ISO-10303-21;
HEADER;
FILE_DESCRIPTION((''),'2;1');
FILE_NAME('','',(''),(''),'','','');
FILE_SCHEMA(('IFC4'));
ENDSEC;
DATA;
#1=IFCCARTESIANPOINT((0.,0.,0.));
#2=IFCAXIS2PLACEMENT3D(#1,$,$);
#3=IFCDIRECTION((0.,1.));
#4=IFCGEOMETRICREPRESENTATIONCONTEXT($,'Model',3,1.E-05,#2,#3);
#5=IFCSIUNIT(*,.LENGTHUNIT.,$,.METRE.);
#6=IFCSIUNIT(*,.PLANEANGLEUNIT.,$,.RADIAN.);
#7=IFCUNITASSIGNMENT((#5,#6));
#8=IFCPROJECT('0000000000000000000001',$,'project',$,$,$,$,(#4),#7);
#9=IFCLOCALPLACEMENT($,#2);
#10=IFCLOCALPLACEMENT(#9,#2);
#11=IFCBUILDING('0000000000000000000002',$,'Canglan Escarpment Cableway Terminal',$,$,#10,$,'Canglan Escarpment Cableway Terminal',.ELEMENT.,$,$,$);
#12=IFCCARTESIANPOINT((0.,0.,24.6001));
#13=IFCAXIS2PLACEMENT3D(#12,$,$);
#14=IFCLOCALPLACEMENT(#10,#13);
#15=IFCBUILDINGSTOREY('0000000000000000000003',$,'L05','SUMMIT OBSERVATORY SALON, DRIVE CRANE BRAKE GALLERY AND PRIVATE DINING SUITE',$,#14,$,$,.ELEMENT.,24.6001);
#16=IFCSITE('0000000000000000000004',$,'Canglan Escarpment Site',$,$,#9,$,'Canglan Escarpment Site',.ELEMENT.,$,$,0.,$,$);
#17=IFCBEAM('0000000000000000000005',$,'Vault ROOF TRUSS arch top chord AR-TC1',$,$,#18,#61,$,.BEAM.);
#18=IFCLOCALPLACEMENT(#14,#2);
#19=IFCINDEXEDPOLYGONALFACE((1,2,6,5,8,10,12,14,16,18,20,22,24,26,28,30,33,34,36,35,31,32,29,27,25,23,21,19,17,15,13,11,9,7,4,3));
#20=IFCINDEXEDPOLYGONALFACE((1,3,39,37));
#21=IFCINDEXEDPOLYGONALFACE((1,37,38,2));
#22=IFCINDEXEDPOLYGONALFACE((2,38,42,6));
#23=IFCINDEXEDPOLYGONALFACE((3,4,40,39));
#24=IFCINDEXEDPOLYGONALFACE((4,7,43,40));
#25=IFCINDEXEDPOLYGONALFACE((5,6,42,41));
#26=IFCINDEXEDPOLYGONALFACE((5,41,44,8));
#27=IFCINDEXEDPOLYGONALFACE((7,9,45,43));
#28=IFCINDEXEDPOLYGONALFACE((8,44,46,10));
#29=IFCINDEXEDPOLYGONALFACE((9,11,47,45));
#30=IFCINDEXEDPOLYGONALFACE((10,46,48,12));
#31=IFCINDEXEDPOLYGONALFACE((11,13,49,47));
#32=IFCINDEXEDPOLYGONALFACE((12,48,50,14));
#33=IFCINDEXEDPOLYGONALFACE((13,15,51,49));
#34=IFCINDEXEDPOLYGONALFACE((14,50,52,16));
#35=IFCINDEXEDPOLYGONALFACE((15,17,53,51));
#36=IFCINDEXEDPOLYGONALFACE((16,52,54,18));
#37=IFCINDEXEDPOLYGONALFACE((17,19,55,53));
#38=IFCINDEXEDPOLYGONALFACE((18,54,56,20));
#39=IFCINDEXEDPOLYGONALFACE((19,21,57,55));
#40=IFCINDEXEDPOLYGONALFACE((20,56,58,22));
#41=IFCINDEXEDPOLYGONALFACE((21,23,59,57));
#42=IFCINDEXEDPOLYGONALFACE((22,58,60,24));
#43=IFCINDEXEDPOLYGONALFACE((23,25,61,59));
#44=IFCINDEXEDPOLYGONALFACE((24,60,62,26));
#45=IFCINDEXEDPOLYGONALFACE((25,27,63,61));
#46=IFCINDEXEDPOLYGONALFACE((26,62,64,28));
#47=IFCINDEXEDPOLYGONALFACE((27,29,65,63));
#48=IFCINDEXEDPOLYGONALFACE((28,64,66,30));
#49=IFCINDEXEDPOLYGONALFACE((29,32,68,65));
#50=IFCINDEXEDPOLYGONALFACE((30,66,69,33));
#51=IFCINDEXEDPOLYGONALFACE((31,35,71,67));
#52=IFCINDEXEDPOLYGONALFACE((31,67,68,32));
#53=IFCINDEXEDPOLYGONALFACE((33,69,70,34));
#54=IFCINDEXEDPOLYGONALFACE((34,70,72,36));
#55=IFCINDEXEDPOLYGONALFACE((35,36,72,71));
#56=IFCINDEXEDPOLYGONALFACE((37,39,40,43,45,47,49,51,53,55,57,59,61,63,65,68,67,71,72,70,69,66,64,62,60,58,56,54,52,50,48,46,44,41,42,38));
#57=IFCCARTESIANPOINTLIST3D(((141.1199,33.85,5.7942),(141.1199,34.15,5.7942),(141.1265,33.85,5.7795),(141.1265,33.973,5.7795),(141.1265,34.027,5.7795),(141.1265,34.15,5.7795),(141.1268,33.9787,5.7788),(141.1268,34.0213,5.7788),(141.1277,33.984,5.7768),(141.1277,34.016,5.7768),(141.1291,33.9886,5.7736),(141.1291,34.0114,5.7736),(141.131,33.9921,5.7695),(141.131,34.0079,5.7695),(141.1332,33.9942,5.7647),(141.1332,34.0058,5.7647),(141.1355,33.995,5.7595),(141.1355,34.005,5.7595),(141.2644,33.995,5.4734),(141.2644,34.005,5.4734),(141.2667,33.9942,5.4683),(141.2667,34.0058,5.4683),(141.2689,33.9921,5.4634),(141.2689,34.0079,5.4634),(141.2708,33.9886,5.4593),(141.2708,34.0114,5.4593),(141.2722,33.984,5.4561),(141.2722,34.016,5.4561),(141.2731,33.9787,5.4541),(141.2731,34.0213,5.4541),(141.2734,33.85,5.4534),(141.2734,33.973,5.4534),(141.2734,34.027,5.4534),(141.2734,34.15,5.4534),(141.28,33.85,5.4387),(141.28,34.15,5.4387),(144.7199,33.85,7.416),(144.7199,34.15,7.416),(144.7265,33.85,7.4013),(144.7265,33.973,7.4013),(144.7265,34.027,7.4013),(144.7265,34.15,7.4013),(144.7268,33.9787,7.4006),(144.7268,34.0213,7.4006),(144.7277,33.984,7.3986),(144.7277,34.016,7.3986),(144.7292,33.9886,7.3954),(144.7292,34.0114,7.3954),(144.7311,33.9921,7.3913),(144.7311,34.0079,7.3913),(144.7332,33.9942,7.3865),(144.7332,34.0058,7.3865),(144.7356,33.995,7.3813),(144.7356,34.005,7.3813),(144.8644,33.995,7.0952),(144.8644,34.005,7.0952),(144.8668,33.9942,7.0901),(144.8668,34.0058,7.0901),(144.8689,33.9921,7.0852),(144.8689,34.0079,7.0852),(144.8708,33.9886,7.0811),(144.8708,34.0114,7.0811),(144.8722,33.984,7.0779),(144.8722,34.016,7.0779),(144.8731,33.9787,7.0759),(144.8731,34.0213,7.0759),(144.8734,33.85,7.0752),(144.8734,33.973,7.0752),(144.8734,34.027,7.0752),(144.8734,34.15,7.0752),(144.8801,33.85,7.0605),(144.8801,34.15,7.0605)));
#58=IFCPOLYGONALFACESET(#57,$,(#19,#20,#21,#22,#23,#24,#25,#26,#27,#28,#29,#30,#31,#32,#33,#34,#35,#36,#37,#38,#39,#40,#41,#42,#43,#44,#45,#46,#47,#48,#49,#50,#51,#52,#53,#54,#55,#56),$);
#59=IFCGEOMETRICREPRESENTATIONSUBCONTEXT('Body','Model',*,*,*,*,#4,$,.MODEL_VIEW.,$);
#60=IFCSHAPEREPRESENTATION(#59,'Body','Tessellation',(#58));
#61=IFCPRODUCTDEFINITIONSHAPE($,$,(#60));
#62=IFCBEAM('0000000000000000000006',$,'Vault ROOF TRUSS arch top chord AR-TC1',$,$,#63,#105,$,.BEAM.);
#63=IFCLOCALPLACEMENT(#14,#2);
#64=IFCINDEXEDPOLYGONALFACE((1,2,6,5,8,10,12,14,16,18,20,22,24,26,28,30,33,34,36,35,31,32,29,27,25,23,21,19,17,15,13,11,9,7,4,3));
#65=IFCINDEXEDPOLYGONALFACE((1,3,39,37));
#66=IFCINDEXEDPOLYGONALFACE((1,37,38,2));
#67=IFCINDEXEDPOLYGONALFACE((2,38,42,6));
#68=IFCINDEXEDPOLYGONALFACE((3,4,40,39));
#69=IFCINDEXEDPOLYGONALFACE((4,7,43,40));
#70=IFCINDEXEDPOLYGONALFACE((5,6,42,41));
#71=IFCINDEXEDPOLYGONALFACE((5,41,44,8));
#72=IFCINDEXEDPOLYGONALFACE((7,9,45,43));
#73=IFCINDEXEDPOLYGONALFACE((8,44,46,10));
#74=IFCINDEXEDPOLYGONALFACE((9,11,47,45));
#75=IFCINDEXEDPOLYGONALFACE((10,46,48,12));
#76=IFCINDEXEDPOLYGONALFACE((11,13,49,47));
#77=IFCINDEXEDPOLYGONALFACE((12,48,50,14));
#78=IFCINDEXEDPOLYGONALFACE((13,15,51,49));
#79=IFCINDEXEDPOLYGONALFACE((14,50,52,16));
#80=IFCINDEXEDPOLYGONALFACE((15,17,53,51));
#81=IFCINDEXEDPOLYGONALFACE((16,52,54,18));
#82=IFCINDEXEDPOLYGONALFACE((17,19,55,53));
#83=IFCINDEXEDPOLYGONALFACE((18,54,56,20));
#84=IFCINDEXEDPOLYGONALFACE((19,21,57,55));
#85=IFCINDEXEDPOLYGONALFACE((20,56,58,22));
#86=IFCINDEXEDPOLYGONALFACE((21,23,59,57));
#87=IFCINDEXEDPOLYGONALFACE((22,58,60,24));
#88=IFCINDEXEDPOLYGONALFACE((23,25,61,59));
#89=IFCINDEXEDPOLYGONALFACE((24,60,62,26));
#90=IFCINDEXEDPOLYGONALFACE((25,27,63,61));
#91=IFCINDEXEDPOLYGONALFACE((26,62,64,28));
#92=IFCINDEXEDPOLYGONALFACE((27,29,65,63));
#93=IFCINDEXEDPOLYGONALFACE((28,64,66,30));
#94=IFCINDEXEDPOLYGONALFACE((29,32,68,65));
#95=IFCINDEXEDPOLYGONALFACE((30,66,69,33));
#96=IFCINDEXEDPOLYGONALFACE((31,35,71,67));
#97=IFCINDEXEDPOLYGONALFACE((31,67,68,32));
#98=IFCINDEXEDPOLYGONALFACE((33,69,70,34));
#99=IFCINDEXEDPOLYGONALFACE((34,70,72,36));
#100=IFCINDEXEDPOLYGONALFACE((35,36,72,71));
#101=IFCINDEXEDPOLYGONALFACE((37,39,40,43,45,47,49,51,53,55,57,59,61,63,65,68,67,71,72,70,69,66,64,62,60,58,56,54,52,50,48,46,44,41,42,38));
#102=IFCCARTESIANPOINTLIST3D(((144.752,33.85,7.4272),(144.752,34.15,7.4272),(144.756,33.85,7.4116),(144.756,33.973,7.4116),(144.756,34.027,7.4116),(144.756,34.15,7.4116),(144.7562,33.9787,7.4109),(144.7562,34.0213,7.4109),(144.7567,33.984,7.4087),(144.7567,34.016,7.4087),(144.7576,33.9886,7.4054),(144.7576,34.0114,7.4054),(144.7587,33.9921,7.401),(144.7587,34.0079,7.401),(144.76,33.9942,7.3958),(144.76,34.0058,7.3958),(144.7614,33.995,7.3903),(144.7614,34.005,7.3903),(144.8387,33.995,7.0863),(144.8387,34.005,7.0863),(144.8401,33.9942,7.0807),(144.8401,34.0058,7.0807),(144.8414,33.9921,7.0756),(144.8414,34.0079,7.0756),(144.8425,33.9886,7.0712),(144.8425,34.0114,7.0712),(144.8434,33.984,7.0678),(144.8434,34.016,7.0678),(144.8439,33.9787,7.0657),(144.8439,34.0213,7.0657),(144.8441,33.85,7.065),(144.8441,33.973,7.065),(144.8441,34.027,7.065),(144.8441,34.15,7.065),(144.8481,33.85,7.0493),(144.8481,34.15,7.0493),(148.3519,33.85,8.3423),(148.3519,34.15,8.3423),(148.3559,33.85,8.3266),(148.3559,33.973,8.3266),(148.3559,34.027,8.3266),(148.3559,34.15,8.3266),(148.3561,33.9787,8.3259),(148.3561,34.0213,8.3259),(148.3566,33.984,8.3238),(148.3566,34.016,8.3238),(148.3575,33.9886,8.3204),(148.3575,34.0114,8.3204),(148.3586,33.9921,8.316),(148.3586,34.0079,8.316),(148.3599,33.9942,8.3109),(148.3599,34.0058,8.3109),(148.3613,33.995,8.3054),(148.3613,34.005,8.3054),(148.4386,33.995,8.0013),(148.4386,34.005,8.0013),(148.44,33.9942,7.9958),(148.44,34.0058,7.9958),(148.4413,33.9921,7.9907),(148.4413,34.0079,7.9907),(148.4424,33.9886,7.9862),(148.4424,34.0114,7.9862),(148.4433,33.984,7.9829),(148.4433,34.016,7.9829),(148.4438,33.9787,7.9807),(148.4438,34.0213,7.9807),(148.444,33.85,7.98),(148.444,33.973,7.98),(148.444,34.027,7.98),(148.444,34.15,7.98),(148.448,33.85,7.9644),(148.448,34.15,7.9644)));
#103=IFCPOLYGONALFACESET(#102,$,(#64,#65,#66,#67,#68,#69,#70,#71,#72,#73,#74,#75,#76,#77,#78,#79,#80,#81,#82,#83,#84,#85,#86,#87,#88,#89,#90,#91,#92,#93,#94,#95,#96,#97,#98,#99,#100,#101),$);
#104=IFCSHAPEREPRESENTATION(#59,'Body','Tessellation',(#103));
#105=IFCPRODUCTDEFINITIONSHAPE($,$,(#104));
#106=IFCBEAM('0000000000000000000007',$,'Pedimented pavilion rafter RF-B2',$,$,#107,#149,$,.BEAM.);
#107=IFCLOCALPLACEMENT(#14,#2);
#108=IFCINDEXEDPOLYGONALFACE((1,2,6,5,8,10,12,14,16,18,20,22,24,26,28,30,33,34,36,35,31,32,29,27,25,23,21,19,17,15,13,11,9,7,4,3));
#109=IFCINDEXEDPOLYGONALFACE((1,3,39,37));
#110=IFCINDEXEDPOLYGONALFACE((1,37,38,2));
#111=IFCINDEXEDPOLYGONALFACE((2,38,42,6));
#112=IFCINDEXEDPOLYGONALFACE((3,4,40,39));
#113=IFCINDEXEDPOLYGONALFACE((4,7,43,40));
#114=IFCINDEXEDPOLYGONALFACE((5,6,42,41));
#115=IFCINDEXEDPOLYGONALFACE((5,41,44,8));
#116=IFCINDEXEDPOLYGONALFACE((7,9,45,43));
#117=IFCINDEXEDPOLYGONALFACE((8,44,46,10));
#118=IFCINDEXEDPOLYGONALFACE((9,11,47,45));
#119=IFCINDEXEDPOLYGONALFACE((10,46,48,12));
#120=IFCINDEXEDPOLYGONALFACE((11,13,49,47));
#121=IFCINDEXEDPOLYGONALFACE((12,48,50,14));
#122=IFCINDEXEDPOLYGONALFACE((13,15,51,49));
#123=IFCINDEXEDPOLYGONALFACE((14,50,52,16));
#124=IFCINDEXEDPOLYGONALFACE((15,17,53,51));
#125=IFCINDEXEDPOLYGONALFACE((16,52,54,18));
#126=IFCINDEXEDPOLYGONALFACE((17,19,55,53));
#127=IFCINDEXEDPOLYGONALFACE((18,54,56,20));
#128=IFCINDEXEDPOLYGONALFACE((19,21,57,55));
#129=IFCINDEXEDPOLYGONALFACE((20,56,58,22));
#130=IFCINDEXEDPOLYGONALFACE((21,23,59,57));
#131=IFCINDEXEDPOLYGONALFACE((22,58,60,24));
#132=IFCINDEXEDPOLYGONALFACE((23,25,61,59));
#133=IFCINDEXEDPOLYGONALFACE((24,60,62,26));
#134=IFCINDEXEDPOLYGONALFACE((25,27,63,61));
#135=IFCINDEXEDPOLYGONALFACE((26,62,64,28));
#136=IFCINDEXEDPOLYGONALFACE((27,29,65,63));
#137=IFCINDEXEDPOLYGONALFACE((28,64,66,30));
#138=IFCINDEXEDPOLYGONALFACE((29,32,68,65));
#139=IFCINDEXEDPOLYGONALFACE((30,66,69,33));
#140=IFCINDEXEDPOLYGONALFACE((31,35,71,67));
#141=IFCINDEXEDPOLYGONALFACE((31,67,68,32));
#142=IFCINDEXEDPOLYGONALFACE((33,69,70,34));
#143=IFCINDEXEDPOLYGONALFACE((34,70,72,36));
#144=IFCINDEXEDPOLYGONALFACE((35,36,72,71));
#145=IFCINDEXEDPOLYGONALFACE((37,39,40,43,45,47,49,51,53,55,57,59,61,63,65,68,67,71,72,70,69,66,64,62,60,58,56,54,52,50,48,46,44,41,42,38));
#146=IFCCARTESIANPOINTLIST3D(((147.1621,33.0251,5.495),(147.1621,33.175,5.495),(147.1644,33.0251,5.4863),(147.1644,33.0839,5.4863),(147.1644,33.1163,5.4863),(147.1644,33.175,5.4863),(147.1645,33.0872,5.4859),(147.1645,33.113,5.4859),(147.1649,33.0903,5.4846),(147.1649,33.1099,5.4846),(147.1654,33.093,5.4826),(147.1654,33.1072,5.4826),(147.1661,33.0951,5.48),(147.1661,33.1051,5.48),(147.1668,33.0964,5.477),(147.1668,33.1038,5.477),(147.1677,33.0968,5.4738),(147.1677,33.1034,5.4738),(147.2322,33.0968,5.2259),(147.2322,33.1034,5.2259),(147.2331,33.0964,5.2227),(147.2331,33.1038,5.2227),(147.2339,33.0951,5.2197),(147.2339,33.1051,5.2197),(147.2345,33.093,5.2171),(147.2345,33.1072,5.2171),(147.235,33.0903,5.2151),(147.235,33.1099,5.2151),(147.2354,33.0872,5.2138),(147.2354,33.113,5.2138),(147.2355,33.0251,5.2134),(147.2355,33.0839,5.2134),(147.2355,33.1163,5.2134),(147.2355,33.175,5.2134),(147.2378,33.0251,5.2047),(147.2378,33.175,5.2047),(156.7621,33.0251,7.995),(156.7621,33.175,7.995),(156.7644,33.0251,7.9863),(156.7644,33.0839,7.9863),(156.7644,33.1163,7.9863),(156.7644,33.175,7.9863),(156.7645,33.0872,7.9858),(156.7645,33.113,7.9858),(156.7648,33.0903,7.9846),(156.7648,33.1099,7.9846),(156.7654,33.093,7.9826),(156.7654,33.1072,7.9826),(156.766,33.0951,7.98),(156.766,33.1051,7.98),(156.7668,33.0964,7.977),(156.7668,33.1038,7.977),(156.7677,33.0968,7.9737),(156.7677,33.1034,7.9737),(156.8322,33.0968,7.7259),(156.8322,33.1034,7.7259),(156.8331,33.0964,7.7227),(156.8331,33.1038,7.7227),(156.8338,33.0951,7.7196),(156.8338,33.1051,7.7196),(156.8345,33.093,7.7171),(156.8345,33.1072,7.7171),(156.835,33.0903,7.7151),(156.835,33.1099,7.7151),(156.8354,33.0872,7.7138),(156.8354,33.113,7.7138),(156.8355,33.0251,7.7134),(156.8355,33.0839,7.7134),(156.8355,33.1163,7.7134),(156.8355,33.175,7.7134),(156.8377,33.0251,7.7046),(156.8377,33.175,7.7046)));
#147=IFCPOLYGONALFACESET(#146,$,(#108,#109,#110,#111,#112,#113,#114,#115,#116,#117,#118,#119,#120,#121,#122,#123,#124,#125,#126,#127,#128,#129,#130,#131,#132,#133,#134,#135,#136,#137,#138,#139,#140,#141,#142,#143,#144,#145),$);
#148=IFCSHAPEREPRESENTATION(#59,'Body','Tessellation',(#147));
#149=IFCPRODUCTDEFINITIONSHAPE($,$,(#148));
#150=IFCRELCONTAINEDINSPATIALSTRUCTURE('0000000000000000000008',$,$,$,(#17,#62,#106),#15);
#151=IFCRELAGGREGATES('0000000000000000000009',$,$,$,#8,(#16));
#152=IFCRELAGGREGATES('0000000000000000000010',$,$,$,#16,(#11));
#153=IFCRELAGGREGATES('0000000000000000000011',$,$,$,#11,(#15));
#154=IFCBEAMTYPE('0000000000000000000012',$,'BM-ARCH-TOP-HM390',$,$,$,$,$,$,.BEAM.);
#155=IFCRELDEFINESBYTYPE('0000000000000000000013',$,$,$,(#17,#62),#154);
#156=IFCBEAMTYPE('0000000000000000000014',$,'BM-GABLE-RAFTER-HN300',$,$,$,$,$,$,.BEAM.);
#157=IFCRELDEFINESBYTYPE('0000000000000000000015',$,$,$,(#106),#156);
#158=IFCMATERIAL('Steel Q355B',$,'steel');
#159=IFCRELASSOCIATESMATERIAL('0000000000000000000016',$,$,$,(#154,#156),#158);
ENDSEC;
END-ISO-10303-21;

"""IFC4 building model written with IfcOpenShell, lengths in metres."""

from ifc_helpers import new_model, si_unit, direction, frame, origin, origin_2d, place, context, subcontext, project, spatial, i_section, extrude, material, material_profile, profile_set, type_object, element, save


model = new_model("IFC4")

# Units and contexts
model_context = context("Model", 3, precision=1e-05, world=origin(), true_north=direction((0.0, 1.0)))
body_context = subcontext(model_context, "Body", "Model", "MODEL_VIEW")
ifc_project = project(units=[si_unit("LENGTHUNIT", "METRE"), si_unit("PLANEANGLEUNIT", "RADIAN")], contexts=[model_context])

# Site, building, storey
site_placement = place(None, origin())
site = spatial("IfcSite", under=ifc_project, at=site_placement, Name="Canglan Escarpment Site", LongName="Canglan Escarpment Site", CompositionType="ELEMENT", RefElevation=0.0)
building_placement = place(site_placement, origin())
building = spatial("IfcBuilding", under=site, at=building_placement, Name="Canglan Escarpment Cableway Terminal", LongName="Canglan Escarpment Cableway Terminal", CompositionType="ELEMENT")
storey_placement = place(building_placement, frame((0.0, 0.0, 24.6001)))
storey = spatial("IfcBuildingStorey", under=building, at=storey_placement, Name="L05", Description="SUMMIT OBSERVATORY SALON, DRIVE CRANE BRAKE GALLERY AND PRIVATE DINING SUITE", CompositionType="ELEMENT", Elevation=24.6001)

# Beams
ifc_material_1 = material(Name="Steel Q355B", Category="steel")
ifc_material_profile_1 = material_profile(ifc_material_1, i_section(OverallWidth=0.3, OverallDepth=0.3899, WebThickness=0.01, FlangeThickness=0.0161, FilletRadius=0.022, at=origin_2d()), Name="HM 390x300x10x16")
ifc_profile_set_1 = profile_set([ifc_material_profile_1], Name="Steel Q355B")
beam_type_1 = type_object("IfcBeamType", Name="BM-ARCH-TOP-HM390", PredefinedType="BEAM", material=ifc_profile_set_1)
beam_1_placement = place(storey_placement, frame((141.2, 34.0, 5.6165), z_axis=(0.911753, 0.0, 0.41074), x_axis=(0.0, 1.0, 0.0)))
element("IfcBeam", 1, at=beam_1_placement, inside=storey, type_object=beam_type_1, Name="Vault ROOF TRUSS arch top chord AR-TC1", PredefinedType="BEAM", context=body_context, shape_type="SweptSolid", body=[
    extrude(i_section(OverallWidth=0.3, OverallDepth=0.3899, WebThickness=0.01, FlangeThickness=0.0161, FilletRadius=0.022, at=origin_2d()), origin(), (0.0, 0.0, 1.0), 3.9485),
])
beam_2_placement = place(storey_placement, frame((144.8, 34.0, 7.2383), z_axis=(0.96918, 0.0, 0.246354), x_axis=(0.0, 1.0, 0.0)))
element("IfcBeam", 2, at=beam_2_placement, inside=storey, type_object=beam_type_1, Name="Vault ROOF TRUSS arch top chord AR-TC1", PredefinedType="BEAM", context=body_context, shape_type="SweptSolid", body=[
    extrude(i_section(OverallWidth=0.3, OverallDepth=0.3899, WebThickness=0.01, FlangeThickness=0.0161, FilletRadius=0.022, at=origin_2d()), origin(), (0.0, 0.0, 1.0), 3.7144),
])
ifc_material_profile_2 = material_profile(ifc_material_1, i_section(OverallWidth=0.1499, OverallDepth=0.3, WebThickness=0.0066, FlangeThickness=0.009, FilletRadius=0.0129, at=origin_2d()), Name="HN 300x150x6.5x9")
ifc_profile_set_2 = profile_set([ifc_material_profile_2], Name="Steel Q355B")
beam_type_2 = type_object("IfcBeamType", Name="BM-GABLE-RAFTER-HN300", PredefinedType="BEAM", material=ifc_profile_set_2)
beam_3_placement = place(storey_placement, frame((147.2, 33.1001, 5.3499), z_axis=(0.967725, 0.0, 0.252009), x_axis=(0.0, 1.0, 0.0)))
element("IfcBeam", 3, at=beam_3_placement, inside=storey, type_object=beam_type_2, Name="Pedimented pavilion rafter RF-B2", PredefinedType="BEAM", context=body_context, shape_type="SweptSolid", body=[
    extrude(i_section(OverallWidth=0.1499, OverallDepth=0.3, WebThickness=0.0066, FlangeThickness=0.009, FilletRadius=0.0129, at=origin_2d()), origin(), (0.0, 0.0, 1.0), 9.9202),
])

save(model, "model.ifc")
